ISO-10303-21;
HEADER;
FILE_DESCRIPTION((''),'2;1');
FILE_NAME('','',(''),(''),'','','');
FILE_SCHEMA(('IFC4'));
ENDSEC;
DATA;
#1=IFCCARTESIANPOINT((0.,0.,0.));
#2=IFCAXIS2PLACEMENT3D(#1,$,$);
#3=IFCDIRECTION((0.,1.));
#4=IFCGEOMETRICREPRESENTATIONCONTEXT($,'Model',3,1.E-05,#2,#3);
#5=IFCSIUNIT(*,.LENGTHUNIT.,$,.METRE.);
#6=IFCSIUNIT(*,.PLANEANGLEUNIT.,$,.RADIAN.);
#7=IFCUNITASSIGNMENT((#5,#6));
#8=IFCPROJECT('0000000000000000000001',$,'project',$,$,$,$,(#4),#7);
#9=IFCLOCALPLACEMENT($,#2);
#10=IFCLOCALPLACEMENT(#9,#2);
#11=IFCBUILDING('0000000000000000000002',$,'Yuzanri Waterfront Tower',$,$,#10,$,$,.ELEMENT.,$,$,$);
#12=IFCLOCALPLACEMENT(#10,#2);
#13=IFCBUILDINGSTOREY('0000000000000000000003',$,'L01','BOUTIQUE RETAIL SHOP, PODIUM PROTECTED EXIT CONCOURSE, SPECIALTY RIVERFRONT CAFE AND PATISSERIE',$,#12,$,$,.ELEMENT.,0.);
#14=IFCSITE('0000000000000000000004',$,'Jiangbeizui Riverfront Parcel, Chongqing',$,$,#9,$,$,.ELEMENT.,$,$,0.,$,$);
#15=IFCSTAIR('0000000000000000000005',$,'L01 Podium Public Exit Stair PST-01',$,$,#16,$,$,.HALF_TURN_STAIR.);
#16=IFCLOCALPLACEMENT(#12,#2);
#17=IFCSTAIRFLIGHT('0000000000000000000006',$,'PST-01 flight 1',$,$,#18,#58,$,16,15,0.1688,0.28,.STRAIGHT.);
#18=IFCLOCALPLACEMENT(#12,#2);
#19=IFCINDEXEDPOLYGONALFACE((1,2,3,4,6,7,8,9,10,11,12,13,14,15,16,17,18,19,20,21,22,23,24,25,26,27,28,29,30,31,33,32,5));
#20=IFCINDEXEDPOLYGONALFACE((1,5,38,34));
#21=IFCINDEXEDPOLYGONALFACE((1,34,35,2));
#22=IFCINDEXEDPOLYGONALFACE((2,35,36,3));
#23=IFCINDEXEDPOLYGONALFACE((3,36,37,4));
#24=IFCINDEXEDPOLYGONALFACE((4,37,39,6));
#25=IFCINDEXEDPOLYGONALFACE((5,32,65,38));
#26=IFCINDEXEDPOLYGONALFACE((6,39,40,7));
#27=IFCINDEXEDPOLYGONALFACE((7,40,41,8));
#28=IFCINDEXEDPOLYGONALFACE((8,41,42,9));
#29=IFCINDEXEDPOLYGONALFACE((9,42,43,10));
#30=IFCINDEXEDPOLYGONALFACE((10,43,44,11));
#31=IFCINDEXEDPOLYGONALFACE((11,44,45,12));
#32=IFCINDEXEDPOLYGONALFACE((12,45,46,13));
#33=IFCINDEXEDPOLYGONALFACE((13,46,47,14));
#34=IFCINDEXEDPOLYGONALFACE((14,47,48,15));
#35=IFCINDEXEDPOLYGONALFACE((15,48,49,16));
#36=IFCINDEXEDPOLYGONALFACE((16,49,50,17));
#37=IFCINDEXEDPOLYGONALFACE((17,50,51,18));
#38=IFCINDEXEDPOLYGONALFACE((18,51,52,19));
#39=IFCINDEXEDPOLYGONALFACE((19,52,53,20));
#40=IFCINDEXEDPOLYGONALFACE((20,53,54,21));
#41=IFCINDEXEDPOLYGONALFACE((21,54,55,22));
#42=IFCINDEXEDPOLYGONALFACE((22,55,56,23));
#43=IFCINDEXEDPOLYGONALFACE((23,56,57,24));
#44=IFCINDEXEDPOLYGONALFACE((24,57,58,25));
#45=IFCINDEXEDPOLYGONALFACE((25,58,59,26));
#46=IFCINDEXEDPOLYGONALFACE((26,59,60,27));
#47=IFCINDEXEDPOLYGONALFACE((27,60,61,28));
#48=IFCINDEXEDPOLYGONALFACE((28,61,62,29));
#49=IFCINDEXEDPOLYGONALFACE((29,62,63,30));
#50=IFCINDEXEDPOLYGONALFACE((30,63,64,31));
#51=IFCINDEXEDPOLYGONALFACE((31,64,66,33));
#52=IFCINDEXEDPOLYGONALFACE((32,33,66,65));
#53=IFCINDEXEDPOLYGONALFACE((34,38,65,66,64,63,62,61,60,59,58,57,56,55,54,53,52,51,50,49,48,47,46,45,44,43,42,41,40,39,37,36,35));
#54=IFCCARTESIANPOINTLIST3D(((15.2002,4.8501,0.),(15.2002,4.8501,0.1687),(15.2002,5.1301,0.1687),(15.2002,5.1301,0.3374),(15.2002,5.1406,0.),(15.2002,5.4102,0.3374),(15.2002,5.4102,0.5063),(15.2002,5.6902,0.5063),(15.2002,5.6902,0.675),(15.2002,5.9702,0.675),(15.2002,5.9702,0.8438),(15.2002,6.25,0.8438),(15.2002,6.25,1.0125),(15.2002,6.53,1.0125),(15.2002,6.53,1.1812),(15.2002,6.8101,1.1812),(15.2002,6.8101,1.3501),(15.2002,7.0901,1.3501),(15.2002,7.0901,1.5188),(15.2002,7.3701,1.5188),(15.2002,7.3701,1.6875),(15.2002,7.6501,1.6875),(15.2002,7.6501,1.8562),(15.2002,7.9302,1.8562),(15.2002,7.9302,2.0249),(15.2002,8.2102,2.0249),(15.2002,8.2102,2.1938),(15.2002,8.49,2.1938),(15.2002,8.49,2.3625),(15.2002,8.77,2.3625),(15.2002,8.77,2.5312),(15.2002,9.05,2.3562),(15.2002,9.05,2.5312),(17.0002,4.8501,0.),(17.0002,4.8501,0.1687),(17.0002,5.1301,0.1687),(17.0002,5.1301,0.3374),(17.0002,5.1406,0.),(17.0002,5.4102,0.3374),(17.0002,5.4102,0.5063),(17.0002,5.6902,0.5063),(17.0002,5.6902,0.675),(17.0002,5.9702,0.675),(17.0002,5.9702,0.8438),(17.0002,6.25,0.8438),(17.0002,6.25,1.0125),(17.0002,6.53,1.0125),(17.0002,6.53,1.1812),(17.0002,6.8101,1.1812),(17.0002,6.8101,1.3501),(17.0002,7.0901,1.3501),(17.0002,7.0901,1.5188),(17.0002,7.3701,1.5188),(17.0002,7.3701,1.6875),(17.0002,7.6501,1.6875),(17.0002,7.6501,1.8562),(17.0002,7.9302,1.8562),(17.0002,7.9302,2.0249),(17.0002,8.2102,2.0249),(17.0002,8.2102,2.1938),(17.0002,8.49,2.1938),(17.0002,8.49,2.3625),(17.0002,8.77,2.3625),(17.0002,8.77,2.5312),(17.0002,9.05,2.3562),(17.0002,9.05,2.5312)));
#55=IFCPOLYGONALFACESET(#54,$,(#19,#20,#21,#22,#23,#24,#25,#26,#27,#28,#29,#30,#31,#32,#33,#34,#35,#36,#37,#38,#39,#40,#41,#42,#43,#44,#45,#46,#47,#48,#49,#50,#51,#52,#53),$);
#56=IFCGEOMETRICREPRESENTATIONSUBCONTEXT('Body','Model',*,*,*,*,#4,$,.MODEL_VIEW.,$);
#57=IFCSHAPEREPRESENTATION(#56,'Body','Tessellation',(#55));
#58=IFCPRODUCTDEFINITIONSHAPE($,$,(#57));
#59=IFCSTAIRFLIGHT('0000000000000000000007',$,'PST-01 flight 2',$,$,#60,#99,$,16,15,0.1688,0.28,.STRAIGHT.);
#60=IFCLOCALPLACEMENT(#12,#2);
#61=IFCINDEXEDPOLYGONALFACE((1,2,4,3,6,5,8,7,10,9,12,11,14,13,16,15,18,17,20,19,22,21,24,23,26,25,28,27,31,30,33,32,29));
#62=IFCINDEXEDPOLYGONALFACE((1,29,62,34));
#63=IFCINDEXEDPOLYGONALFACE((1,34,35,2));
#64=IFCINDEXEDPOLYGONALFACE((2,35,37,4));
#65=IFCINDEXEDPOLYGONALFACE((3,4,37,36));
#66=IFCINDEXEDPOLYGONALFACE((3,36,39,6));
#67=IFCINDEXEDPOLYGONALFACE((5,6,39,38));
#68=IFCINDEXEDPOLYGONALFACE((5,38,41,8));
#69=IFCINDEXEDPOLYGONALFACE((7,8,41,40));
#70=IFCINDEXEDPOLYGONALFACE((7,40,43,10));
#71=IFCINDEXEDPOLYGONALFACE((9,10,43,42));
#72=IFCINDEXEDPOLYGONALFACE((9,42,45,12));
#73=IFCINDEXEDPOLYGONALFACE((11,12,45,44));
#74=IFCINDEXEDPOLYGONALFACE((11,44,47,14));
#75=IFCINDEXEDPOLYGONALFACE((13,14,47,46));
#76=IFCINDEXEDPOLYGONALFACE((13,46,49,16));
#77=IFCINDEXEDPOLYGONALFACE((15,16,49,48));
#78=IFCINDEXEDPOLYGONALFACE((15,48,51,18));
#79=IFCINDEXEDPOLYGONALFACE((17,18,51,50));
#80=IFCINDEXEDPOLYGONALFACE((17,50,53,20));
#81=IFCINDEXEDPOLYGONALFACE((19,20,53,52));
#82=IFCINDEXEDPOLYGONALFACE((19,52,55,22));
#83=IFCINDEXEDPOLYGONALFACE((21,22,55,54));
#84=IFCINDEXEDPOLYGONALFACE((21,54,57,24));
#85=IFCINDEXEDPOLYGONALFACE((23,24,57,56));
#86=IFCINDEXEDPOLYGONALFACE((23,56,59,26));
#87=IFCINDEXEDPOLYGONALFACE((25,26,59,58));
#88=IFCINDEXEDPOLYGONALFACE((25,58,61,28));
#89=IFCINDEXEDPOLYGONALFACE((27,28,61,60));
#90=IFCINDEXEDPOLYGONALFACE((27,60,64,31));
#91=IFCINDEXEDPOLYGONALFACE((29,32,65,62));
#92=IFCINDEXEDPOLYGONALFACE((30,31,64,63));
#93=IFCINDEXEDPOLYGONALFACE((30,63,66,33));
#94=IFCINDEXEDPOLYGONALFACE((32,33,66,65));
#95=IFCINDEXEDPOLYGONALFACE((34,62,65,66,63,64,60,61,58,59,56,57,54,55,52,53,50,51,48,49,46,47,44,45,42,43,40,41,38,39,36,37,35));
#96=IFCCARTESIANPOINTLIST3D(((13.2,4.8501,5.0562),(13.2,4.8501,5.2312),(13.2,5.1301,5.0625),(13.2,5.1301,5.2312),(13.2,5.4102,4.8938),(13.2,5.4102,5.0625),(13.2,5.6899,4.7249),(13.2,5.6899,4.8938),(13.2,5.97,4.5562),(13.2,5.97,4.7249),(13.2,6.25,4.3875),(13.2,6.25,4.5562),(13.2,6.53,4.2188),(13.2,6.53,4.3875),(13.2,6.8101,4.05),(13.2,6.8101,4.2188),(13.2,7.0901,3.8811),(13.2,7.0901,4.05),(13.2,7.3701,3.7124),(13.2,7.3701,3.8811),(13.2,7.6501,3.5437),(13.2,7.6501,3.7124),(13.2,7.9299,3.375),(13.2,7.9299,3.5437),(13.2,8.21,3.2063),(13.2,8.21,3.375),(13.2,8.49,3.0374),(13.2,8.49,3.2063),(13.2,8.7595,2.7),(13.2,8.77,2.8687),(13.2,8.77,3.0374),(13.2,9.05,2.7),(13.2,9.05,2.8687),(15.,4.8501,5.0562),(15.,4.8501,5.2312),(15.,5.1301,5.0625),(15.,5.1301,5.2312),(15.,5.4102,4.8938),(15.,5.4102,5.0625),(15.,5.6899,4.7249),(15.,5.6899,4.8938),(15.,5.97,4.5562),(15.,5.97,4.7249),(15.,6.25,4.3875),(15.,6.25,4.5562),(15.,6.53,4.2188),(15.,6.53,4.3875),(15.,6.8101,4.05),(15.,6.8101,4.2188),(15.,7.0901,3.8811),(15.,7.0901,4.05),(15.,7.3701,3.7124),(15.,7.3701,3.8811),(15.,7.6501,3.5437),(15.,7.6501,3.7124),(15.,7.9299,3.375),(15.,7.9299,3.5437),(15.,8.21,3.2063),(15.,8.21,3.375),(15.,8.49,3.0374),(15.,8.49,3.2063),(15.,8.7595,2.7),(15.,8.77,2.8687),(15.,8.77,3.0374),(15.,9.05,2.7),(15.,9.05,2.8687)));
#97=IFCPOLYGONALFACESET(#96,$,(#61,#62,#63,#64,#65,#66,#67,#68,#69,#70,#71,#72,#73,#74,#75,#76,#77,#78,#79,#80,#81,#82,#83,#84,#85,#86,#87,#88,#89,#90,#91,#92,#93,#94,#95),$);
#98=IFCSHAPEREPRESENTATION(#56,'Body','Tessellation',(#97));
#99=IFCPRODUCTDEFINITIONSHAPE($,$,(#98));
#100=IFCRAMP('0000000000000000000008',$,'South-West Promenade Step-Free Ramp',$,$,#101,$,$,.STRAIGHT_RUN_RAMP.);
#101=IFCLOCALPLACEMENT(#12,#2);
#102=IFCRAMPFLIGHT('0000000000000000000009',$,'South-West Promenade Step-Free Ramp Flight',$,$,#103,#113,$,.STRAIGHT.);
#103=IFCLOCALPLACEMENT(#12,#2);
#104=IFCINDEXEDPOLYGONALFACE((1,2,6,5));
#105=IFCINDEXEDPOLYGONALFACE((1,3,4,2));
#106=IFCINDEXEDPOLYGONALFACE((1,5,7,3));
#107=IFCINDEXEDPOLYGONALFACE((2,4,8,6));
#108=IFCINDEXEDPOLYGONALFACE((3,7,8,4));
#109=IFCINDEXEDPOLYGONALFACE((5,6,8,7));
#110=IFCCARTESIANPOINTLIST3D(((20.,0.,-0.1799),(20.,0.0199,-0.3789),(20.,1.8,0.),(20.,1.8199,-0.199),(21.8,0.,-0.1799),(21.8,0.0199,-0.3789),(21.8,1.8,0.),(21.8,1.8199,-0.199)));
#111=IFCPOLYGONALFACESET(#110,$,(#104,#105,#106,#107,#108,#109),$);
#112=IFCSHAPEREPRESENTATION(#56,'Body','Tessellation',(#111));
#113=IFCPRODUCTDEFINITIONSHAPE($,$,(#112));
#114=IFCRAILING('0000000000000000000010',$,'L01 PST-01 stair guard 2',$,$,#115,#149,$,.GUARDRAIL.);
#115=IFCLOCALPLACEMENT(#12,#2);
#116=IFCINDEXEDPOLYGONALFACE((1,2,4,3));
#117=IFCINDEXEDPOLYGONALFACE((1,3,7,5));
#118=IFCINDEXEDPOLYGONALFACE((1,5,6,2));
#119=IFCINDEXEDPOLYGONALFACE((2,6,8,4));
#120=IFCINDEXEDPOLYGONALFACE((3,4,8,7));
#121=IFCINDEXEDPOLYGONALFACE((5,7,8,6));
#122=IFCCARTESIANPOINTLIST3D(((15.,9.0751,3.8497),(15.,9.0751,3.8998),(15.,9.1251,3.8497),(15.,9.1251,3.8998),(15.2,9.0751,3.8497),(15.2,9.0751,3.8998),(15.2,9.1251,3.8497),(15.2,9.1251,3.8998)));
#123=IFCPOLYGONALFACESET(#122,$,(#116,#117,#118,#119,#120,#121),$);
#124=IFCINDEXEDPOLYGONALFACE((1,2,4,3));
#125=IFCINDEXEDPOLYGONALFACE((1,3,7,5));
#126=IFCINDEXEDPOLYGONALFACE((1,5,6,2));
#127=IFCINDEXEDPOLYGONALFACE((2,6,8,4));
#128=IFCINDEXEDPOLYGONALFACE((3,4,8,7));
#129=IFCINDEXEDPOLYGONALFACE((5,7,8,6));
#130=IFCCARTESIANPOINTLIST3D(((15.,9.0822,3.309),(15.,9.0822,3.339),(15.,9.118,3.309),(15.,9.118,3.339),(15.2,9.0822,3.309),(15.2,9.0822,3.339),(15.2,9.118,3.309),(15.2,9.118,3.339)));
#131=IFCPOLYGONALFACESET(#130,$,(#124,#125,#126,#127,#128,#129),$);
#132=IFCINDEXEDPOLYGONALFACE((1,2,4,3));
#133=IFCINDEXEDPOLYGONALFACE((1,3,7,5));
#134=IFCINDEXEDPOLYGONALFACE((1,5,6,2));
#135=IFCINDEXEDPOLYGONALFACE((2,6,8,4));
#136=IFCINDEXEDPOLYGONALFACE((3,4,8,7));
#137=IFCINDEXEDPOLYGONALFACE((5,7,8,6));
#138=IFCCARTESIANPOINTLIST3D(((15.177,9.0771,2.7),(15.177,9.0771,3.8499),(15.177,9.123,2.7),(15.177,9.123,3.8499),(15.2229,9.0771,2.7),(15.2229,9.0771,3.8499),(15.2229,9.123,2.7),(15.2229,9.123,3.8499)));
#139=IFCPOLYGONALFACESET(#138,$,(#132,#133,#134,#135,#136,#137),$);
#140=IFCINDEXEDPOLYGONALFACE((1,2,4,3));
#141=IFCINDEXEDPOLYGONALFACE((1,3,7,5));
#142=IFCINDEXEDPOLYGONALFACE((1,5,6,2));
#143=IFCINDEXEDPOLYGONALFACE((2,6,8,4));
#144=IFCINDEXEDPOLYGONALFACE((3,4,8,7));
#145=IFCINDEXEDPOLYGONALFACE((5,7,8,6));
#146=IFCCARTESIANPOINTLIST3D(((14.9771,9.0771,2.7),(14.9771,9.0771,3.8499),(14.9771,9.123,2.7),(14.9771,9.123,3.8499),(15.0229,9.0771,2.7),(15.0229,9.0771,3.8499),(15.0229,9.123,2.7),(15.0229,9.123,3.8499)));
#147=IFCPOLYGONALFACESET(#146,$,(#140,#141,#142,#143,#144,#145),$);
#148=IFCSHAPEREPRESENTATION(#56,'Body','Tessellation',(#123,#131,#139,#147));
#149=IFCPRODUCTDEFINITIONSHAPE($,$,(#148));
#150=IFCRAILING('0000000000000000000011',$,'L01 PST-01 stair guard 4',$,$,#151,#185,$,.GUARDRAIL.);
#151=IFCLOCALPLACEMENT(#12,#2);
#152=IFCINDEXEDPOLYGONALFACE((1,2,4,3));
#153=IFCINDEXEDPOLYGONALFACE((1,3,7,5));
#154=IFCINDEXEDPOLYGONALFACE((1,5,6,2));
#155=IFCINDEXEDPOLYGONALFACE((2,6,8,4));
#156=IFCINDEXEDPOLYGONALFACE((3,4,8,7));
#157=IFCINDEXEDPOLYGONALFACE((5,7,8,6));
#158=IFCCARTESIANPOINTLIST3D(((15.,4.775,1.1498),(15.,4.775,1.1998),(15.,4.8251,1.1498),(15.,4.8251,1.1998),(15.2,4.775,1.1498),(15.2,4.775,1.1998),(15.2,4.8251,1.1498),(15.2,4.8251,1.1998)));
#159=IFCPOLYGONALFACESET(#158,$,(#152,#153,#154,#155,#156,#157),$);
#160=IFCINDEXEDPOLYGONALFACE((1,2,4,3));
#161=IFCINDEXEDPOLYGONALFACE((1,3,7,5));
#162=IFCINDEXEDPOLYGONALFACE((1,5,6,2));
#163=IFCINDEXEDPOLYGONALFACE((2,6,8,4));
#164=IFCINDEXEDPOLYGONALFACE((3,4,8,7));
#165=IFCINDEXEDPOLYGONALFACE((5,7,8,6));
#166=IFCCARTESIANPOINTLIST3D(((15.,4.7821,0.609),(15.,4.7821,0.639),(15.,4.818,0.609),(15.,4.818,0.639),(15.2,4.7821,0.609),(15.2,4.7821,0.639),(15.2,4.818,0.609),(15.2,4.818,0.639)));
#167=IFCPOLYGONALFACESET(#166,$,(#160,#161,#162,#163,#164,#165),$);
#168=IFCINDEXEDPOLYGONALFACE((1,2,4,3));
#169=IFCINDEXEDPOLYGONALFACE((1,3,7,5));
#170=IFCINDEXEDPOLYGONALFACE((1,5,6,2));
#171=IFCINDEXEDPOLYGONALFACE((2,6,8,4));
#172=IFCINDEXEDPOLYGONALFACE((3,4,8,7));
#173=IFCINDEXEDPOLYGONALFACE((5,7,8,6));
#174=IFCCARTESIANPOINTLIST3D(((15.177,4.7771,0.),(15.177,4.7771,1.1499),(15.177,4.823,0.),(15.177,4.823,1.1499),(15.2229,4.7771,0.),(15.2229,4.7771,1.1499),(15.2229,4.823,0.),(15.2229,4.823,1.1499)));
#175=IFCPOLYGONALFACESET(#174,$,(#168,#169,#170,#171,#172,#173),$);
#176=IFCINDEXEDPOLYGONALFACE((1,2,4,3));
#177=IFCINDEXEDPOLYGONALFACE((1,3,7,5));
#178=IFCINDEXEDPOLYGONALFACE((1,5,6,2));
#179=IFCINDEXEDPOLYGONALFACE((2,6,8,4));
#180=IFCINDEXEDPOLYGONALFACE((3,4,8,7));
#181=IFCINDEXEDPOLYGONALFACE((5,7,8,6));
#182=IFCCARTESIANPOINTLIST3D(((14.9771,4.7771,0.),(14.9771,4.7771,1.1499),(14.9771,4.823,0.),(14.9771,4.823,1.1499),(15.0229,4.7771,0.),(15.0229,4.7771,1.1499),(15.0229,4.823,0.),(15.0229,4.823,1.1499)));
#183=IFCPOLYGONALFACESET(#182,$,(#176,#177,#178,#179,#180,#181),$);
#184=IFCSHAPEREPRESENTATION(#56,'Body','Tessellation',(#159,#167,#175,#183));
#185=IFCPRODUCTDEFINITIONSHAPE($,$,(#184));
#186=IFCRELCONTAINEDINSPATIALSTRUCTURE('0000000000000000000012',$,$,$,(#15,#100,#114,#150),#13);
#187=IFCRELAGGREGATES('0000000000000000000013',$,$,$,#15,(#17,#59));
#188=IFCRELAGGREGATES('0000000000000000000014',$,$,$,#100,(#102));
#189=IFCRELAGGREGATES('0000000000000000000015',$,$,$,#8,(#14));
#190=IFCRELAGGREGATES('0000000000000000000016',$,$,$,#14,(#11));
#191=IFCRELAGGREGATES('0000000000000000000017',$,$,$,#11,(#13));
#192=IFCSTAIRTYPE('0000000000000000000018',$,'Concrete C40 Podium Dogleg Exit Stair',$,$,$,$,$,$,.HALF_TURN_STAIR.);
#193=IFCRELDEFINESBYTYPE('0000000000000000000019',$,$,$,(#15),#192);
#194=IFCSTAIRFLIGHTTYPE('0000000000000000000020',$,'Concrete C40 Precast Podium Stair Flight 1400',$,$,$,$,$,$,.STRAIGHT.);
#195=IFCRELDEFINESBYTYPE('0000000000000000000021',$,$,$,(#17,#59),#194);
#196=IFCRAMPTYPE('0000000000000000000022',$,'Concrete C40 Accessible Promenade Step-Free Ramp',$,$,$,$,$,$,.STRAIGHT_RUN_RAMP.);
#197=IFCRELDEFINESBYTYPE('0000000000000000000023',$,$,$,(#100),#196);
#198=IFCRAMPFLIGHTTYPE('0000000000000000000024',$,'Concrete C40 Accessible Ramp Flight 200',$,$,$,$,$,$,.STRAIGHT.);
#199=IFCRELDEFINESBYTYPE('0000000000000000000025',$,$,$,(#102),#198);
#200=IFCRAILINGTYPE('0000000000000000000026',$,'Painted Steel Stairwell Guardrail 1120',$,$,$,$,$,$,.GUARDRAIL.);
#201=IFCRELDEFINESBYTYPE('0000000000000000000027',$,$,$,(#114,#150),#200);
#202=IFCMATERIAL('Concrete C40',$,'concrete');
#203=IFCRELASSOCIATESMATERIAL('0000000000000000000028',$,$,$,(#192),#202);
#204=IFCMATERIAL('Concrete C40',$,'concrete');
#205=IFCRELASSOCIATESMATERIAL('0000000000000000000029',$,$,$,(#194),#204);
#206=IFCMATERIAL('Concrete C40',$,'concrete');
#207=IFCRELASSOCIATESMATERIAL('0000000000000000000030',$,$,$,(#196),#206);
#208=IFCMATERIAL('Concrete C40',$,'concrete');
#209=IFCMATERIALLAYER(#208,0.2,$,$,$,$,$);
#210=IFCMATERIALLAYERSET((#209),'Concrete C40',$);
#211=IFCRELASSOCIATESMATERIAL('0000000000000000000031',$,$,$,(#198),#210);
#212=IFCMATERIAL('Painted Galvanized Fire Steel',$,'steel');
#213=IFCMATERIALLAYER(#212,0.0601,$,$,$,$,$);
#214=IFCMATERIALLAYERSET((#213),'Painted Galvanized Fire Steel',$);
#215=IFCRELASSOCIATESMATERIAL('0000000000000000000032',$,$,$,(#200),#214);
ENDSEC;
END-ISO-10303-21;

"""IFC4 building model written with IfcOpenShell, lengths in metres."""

from ifc_helpers import new_model, si_unit, direction, frame, origin, origin_2d, place, context, subcontext, project, spatial, polyline, rectangle, outline, extrude, source, transform, mapped, material, layer, layer_set, type_object, element, aggregate, save


model = new_model("IFC4")

# Units and contexts
model_context = context("Model", 3, precision=1e-05, world=origin(), true_north=direction((0.0, 1.0)))
body_context = subcontext(model_context, "Body", "Model", "MODEL_VIEW")
ifc_project = project(units=[si_unit("LENGTHUNIT", "METRE"), si_unit("PLANEANGLEUNIT", "RADIAN")], contexts=[model_context])

# Site, building, storey
site_placement = place(None, origin())
site = spatial("IfcSite", under=ifc_project, at=site_placement, Name="Jiangbeizui Riverfront Parcel, Chongqing", CompositionType="ELEMENT", RefElevation=0.0)
building_placement = place(site_placement, origin())
building = spatial("IfcBuilding", under=site, at=building_placement, Name="Yuzanri Waterfront Tower", CompositionType="ELEMENT")
storey_placement = place(building_placement, origin())
storey = spatial("IfcBuildingStorey", under=building, at=storey_placement, Name="L01", Description="BOUTIQUE RETAIL SHOP, PODIUM PROTECTED EXIT CONCOURSE, SPECIALTY RIVERFRONT CAFE AND PATISSERIE", CompositionType="ELEMENT", Elevation=0.0)

# Stair, stair flights
ifc_material_1 = material(Name="Concrete C40", Category="concrete")
stair_type = type_object("IfcStairType", Name="Concrete C40 Podium Dogleg Exit Stair", PredefinedType="HALF_TURN_STAIR", material=ifc_material_1)
stair_placement = place(storey_placement, origin())
stair = element("IfcStair", 1, at=stair_placement, inside=storey, type_object=stair_type, Name="L01 Podium Public Exit Stair PST-01", PredefinedType="HALF_TURN_STAIR")
ifc_material_2 = material(Name="Concrete C40", Category="concrete")
stair_flight_type = type_object("IfcStairFlightType", Name="Concrete C40 Precast Podium Stair Flight 1400", PredefinedType="STRAIGHT", material=ifc_material_2)
shared_shape_1 = source(origin(), body_context, "Body", "SweptSolid", [
    extrude(outline(polyline([(0.0, 0.0), (0.0, 0.1687), (0.28, 0.1687), (0.28, 0.3374), (0.5601, 0.3374), (0.5601, 0.5063), (0.8401, 0.5063), (0.8401, 0.675), (1.1201, 0.675), (1.1201, 0.8438), (1.3999, 0.8438), (1.3999, 1.0125), (1.6799, 1.0125), (1.6799, 1.1812), (1.96, 1.1812), (1.96, 1.3501), (2.24, 1.3501), (2.24, 1.5188), (2.52, 1.5188), (2.52, 1.6875), (2.8, 1.6875), (2.8, 1.8562), (3.0801, 1.8562), (3.0801, 2.0249), (3.3601, 2.0249), (3.3601, 2.1938), (3.6399, 2.1938), (3.6399, 2.3625), (3.9199, 2.3625), (3.9199, 2.5312), (4.2, 2.5312), (4.2, 2.7), (4.2, 2.3562), (0.2905, 0.0), (0.0, 0.0)])), frame((0.0, 0.8999, 0.0), z_axis=(0.0, -1.0, 0.0), x_axis=(1.0, 0.0, 0.0)), (0.0, 0.0, 1.0), 1.8),
])
stair_flight_1_placement = place(storey_placement, frame((16.1001, 4.8501, 0.0), z_axis=(0.0, 0.0, 1.0), x_axis=(0.0, 1.0, 0.0)))
stair_flight_1 = element("IfcStairFlight", 2, at=stair_flight_1_placement, type_object=stair_flight_type, Name="PST-01 flight 1", NumberOfRisers=16, NumberOfTreads=15, PredefinedType="STRAIGHT", RiserHeight=0.1688, TreadLength=0.28, context=body_context, shape_type="MappedRepresentation", body=[
    mapped(shared_shape_1, transform((0.0, 0.0, 0.0), scale=1.0)),
])
stair_flight_2_placement = place(storey_placement, frame((14.1001, 9.05, 2.7), z_axis=(0.0, 0.0, 1.0), x_axis=(0.0, -1.0, 0.0)))
stair_flight_2 = element("IfcStairFlight", 3, at=stair_flight_2_placement, type_object=stair_flight_type, Name="PST-01 flight 2", NumberOfRisers=16, NumberOfTreads=15, PredefinedType="STRAIGHT", RiserHeight=0.1688, TreadLength=0.28, context=body_context, shape_type="MappedRepresentation", body=[
    mapped(shared_shape_1, transform((0.0, 0.0, 0.0), scale=1.0)),
])
aggregate(stair, [stair_flight_1, stair_flight_2])

# Ramp, ramp flight
ifc_material_3 = material(Name="Concrete C40", Category="concrete")
ramp_type = type_object("IfcRampType", Name="Concrete C40 Accessible Promenade Step-Free Ramp", PredefinedType="STRAIGHT_RUN_RAMP", material=ifc_material_3)
ramp_placement = place(storey_placement, origin())
ramp = element("IfcRamp", 4, at=ramp_placement, inside=storey, type_object=ramp_type, Name="South-West Promenade Step-Free Ramp", PredefinedType="STRAIGHT_RUN_RAMP")
ifc_material_4 = material(Name="Concrete C40", Category="concrete")
ifc_layer_1 = layer(ifc_material_4, 0.2)
ifc_layer_set_1 = layer_set([ifc_layer_1], Name="Concrete C40")
ramp_flight_type = type_object("IfcRampFlightType", Name="Concrete C40 Accessible Ramp Flight 200", PredefinedType="STRAIGHT", material=ifc_layer_set_1)
ramp_flight_placement = place(storey_placement, frame((20.0, 0.0, -0.1799), z_axis=(0.0, -0.099464, 0.995041), x_axis=(1.0, 0.0, 0.0)))
ramp_flight = element("IfcRampFlight", 5, at=ramp_flight_placement, type_object=ramp_flight_type, Name="South-West Promenade Step-Free Ramp Flight", PredefinedType="STRAIGHT", context=body_context, shape_type="SweptSolid", body=[
    extrude(outline(polyline([(0.0, 0.0), (1.8, 0.0), (1.8, 1.809), (0.0, 1.809), (0.0, 0.0)])), origin(), (0.0, 0.0, -1.0), 0.2),
])
aggregate(ramp, [ramp_flight])

# Railings
ifc_material_5 = material(Name="Painted Galvanized Fire Steel", Category="steel")
ifc_layer_2 = layer(ifc_material_5, 0.0601)
ifc_layer_set_2 = layer_set([ifc_layer_2], Name="Painted Galvanized Fire Steel")
railing_type_1 = type_object("IfcRailingType", Name="Painted Steel Stairwell Guardrail 1120", PredefinedType="GUARDRAIL", material=ifc_layer_set_2)
shared_shape_2 = source(origin(), body_context, "Body", "SweptSolid", [
    extrude(rectangle(XDim=0.05, YDim=0.05, at=origin_2d()), frame((0.0, 0.0, 1.1748), z_axis=(-1.0, 0.0, 0.0), x_axis=(0.0, -1.0, 0.0)), (0.0, 0.0, 1.0), 0.2),
    extrude(rectangle(XDim=0.0359, YDim=0.03, at=origin_2d()), frame((0.0, 0.0, 0.624), z_axis=(-1.0, 0.0, 0.0), x_axis=(0.0, -1.0, 0.0)), (0.0, 0.0, 1.0), 0.2),
    extrude(rectangle(XDim=0.0459, YDim=0.0459, at=origin_2d()), origin(), (0.0, 0.0, 1.0), 1.1499),
    extrude(rectangle(XDim=0.0459, YDim=0.0459, at=origin_2d()), frame((-0.2, 0.0, 0.0)), (0.0, 0.0, 1.0), 1.1499),
])
for number, where, name in (
    (6, (15.2, 9.1001, 2.7), "L01 PST-01 stair guard 2"),
    (7, (15.2, 4.8, 0.0), "L01 PST-01 stair guard 4"),
):
    element("IfcRailing", number, at=place(storey_placement, frame(where)), inside=storey, type_object=railing_type_1, Name=name, PredefinedType="GUARDRAIL", context=body_context, shape_type="MappedRepresentation", body=[
        mapped(shared_shape_2, transform((0.0, 0.0, 0.0), scale=1.0)),
    ])

save(model, "model.ifc")
